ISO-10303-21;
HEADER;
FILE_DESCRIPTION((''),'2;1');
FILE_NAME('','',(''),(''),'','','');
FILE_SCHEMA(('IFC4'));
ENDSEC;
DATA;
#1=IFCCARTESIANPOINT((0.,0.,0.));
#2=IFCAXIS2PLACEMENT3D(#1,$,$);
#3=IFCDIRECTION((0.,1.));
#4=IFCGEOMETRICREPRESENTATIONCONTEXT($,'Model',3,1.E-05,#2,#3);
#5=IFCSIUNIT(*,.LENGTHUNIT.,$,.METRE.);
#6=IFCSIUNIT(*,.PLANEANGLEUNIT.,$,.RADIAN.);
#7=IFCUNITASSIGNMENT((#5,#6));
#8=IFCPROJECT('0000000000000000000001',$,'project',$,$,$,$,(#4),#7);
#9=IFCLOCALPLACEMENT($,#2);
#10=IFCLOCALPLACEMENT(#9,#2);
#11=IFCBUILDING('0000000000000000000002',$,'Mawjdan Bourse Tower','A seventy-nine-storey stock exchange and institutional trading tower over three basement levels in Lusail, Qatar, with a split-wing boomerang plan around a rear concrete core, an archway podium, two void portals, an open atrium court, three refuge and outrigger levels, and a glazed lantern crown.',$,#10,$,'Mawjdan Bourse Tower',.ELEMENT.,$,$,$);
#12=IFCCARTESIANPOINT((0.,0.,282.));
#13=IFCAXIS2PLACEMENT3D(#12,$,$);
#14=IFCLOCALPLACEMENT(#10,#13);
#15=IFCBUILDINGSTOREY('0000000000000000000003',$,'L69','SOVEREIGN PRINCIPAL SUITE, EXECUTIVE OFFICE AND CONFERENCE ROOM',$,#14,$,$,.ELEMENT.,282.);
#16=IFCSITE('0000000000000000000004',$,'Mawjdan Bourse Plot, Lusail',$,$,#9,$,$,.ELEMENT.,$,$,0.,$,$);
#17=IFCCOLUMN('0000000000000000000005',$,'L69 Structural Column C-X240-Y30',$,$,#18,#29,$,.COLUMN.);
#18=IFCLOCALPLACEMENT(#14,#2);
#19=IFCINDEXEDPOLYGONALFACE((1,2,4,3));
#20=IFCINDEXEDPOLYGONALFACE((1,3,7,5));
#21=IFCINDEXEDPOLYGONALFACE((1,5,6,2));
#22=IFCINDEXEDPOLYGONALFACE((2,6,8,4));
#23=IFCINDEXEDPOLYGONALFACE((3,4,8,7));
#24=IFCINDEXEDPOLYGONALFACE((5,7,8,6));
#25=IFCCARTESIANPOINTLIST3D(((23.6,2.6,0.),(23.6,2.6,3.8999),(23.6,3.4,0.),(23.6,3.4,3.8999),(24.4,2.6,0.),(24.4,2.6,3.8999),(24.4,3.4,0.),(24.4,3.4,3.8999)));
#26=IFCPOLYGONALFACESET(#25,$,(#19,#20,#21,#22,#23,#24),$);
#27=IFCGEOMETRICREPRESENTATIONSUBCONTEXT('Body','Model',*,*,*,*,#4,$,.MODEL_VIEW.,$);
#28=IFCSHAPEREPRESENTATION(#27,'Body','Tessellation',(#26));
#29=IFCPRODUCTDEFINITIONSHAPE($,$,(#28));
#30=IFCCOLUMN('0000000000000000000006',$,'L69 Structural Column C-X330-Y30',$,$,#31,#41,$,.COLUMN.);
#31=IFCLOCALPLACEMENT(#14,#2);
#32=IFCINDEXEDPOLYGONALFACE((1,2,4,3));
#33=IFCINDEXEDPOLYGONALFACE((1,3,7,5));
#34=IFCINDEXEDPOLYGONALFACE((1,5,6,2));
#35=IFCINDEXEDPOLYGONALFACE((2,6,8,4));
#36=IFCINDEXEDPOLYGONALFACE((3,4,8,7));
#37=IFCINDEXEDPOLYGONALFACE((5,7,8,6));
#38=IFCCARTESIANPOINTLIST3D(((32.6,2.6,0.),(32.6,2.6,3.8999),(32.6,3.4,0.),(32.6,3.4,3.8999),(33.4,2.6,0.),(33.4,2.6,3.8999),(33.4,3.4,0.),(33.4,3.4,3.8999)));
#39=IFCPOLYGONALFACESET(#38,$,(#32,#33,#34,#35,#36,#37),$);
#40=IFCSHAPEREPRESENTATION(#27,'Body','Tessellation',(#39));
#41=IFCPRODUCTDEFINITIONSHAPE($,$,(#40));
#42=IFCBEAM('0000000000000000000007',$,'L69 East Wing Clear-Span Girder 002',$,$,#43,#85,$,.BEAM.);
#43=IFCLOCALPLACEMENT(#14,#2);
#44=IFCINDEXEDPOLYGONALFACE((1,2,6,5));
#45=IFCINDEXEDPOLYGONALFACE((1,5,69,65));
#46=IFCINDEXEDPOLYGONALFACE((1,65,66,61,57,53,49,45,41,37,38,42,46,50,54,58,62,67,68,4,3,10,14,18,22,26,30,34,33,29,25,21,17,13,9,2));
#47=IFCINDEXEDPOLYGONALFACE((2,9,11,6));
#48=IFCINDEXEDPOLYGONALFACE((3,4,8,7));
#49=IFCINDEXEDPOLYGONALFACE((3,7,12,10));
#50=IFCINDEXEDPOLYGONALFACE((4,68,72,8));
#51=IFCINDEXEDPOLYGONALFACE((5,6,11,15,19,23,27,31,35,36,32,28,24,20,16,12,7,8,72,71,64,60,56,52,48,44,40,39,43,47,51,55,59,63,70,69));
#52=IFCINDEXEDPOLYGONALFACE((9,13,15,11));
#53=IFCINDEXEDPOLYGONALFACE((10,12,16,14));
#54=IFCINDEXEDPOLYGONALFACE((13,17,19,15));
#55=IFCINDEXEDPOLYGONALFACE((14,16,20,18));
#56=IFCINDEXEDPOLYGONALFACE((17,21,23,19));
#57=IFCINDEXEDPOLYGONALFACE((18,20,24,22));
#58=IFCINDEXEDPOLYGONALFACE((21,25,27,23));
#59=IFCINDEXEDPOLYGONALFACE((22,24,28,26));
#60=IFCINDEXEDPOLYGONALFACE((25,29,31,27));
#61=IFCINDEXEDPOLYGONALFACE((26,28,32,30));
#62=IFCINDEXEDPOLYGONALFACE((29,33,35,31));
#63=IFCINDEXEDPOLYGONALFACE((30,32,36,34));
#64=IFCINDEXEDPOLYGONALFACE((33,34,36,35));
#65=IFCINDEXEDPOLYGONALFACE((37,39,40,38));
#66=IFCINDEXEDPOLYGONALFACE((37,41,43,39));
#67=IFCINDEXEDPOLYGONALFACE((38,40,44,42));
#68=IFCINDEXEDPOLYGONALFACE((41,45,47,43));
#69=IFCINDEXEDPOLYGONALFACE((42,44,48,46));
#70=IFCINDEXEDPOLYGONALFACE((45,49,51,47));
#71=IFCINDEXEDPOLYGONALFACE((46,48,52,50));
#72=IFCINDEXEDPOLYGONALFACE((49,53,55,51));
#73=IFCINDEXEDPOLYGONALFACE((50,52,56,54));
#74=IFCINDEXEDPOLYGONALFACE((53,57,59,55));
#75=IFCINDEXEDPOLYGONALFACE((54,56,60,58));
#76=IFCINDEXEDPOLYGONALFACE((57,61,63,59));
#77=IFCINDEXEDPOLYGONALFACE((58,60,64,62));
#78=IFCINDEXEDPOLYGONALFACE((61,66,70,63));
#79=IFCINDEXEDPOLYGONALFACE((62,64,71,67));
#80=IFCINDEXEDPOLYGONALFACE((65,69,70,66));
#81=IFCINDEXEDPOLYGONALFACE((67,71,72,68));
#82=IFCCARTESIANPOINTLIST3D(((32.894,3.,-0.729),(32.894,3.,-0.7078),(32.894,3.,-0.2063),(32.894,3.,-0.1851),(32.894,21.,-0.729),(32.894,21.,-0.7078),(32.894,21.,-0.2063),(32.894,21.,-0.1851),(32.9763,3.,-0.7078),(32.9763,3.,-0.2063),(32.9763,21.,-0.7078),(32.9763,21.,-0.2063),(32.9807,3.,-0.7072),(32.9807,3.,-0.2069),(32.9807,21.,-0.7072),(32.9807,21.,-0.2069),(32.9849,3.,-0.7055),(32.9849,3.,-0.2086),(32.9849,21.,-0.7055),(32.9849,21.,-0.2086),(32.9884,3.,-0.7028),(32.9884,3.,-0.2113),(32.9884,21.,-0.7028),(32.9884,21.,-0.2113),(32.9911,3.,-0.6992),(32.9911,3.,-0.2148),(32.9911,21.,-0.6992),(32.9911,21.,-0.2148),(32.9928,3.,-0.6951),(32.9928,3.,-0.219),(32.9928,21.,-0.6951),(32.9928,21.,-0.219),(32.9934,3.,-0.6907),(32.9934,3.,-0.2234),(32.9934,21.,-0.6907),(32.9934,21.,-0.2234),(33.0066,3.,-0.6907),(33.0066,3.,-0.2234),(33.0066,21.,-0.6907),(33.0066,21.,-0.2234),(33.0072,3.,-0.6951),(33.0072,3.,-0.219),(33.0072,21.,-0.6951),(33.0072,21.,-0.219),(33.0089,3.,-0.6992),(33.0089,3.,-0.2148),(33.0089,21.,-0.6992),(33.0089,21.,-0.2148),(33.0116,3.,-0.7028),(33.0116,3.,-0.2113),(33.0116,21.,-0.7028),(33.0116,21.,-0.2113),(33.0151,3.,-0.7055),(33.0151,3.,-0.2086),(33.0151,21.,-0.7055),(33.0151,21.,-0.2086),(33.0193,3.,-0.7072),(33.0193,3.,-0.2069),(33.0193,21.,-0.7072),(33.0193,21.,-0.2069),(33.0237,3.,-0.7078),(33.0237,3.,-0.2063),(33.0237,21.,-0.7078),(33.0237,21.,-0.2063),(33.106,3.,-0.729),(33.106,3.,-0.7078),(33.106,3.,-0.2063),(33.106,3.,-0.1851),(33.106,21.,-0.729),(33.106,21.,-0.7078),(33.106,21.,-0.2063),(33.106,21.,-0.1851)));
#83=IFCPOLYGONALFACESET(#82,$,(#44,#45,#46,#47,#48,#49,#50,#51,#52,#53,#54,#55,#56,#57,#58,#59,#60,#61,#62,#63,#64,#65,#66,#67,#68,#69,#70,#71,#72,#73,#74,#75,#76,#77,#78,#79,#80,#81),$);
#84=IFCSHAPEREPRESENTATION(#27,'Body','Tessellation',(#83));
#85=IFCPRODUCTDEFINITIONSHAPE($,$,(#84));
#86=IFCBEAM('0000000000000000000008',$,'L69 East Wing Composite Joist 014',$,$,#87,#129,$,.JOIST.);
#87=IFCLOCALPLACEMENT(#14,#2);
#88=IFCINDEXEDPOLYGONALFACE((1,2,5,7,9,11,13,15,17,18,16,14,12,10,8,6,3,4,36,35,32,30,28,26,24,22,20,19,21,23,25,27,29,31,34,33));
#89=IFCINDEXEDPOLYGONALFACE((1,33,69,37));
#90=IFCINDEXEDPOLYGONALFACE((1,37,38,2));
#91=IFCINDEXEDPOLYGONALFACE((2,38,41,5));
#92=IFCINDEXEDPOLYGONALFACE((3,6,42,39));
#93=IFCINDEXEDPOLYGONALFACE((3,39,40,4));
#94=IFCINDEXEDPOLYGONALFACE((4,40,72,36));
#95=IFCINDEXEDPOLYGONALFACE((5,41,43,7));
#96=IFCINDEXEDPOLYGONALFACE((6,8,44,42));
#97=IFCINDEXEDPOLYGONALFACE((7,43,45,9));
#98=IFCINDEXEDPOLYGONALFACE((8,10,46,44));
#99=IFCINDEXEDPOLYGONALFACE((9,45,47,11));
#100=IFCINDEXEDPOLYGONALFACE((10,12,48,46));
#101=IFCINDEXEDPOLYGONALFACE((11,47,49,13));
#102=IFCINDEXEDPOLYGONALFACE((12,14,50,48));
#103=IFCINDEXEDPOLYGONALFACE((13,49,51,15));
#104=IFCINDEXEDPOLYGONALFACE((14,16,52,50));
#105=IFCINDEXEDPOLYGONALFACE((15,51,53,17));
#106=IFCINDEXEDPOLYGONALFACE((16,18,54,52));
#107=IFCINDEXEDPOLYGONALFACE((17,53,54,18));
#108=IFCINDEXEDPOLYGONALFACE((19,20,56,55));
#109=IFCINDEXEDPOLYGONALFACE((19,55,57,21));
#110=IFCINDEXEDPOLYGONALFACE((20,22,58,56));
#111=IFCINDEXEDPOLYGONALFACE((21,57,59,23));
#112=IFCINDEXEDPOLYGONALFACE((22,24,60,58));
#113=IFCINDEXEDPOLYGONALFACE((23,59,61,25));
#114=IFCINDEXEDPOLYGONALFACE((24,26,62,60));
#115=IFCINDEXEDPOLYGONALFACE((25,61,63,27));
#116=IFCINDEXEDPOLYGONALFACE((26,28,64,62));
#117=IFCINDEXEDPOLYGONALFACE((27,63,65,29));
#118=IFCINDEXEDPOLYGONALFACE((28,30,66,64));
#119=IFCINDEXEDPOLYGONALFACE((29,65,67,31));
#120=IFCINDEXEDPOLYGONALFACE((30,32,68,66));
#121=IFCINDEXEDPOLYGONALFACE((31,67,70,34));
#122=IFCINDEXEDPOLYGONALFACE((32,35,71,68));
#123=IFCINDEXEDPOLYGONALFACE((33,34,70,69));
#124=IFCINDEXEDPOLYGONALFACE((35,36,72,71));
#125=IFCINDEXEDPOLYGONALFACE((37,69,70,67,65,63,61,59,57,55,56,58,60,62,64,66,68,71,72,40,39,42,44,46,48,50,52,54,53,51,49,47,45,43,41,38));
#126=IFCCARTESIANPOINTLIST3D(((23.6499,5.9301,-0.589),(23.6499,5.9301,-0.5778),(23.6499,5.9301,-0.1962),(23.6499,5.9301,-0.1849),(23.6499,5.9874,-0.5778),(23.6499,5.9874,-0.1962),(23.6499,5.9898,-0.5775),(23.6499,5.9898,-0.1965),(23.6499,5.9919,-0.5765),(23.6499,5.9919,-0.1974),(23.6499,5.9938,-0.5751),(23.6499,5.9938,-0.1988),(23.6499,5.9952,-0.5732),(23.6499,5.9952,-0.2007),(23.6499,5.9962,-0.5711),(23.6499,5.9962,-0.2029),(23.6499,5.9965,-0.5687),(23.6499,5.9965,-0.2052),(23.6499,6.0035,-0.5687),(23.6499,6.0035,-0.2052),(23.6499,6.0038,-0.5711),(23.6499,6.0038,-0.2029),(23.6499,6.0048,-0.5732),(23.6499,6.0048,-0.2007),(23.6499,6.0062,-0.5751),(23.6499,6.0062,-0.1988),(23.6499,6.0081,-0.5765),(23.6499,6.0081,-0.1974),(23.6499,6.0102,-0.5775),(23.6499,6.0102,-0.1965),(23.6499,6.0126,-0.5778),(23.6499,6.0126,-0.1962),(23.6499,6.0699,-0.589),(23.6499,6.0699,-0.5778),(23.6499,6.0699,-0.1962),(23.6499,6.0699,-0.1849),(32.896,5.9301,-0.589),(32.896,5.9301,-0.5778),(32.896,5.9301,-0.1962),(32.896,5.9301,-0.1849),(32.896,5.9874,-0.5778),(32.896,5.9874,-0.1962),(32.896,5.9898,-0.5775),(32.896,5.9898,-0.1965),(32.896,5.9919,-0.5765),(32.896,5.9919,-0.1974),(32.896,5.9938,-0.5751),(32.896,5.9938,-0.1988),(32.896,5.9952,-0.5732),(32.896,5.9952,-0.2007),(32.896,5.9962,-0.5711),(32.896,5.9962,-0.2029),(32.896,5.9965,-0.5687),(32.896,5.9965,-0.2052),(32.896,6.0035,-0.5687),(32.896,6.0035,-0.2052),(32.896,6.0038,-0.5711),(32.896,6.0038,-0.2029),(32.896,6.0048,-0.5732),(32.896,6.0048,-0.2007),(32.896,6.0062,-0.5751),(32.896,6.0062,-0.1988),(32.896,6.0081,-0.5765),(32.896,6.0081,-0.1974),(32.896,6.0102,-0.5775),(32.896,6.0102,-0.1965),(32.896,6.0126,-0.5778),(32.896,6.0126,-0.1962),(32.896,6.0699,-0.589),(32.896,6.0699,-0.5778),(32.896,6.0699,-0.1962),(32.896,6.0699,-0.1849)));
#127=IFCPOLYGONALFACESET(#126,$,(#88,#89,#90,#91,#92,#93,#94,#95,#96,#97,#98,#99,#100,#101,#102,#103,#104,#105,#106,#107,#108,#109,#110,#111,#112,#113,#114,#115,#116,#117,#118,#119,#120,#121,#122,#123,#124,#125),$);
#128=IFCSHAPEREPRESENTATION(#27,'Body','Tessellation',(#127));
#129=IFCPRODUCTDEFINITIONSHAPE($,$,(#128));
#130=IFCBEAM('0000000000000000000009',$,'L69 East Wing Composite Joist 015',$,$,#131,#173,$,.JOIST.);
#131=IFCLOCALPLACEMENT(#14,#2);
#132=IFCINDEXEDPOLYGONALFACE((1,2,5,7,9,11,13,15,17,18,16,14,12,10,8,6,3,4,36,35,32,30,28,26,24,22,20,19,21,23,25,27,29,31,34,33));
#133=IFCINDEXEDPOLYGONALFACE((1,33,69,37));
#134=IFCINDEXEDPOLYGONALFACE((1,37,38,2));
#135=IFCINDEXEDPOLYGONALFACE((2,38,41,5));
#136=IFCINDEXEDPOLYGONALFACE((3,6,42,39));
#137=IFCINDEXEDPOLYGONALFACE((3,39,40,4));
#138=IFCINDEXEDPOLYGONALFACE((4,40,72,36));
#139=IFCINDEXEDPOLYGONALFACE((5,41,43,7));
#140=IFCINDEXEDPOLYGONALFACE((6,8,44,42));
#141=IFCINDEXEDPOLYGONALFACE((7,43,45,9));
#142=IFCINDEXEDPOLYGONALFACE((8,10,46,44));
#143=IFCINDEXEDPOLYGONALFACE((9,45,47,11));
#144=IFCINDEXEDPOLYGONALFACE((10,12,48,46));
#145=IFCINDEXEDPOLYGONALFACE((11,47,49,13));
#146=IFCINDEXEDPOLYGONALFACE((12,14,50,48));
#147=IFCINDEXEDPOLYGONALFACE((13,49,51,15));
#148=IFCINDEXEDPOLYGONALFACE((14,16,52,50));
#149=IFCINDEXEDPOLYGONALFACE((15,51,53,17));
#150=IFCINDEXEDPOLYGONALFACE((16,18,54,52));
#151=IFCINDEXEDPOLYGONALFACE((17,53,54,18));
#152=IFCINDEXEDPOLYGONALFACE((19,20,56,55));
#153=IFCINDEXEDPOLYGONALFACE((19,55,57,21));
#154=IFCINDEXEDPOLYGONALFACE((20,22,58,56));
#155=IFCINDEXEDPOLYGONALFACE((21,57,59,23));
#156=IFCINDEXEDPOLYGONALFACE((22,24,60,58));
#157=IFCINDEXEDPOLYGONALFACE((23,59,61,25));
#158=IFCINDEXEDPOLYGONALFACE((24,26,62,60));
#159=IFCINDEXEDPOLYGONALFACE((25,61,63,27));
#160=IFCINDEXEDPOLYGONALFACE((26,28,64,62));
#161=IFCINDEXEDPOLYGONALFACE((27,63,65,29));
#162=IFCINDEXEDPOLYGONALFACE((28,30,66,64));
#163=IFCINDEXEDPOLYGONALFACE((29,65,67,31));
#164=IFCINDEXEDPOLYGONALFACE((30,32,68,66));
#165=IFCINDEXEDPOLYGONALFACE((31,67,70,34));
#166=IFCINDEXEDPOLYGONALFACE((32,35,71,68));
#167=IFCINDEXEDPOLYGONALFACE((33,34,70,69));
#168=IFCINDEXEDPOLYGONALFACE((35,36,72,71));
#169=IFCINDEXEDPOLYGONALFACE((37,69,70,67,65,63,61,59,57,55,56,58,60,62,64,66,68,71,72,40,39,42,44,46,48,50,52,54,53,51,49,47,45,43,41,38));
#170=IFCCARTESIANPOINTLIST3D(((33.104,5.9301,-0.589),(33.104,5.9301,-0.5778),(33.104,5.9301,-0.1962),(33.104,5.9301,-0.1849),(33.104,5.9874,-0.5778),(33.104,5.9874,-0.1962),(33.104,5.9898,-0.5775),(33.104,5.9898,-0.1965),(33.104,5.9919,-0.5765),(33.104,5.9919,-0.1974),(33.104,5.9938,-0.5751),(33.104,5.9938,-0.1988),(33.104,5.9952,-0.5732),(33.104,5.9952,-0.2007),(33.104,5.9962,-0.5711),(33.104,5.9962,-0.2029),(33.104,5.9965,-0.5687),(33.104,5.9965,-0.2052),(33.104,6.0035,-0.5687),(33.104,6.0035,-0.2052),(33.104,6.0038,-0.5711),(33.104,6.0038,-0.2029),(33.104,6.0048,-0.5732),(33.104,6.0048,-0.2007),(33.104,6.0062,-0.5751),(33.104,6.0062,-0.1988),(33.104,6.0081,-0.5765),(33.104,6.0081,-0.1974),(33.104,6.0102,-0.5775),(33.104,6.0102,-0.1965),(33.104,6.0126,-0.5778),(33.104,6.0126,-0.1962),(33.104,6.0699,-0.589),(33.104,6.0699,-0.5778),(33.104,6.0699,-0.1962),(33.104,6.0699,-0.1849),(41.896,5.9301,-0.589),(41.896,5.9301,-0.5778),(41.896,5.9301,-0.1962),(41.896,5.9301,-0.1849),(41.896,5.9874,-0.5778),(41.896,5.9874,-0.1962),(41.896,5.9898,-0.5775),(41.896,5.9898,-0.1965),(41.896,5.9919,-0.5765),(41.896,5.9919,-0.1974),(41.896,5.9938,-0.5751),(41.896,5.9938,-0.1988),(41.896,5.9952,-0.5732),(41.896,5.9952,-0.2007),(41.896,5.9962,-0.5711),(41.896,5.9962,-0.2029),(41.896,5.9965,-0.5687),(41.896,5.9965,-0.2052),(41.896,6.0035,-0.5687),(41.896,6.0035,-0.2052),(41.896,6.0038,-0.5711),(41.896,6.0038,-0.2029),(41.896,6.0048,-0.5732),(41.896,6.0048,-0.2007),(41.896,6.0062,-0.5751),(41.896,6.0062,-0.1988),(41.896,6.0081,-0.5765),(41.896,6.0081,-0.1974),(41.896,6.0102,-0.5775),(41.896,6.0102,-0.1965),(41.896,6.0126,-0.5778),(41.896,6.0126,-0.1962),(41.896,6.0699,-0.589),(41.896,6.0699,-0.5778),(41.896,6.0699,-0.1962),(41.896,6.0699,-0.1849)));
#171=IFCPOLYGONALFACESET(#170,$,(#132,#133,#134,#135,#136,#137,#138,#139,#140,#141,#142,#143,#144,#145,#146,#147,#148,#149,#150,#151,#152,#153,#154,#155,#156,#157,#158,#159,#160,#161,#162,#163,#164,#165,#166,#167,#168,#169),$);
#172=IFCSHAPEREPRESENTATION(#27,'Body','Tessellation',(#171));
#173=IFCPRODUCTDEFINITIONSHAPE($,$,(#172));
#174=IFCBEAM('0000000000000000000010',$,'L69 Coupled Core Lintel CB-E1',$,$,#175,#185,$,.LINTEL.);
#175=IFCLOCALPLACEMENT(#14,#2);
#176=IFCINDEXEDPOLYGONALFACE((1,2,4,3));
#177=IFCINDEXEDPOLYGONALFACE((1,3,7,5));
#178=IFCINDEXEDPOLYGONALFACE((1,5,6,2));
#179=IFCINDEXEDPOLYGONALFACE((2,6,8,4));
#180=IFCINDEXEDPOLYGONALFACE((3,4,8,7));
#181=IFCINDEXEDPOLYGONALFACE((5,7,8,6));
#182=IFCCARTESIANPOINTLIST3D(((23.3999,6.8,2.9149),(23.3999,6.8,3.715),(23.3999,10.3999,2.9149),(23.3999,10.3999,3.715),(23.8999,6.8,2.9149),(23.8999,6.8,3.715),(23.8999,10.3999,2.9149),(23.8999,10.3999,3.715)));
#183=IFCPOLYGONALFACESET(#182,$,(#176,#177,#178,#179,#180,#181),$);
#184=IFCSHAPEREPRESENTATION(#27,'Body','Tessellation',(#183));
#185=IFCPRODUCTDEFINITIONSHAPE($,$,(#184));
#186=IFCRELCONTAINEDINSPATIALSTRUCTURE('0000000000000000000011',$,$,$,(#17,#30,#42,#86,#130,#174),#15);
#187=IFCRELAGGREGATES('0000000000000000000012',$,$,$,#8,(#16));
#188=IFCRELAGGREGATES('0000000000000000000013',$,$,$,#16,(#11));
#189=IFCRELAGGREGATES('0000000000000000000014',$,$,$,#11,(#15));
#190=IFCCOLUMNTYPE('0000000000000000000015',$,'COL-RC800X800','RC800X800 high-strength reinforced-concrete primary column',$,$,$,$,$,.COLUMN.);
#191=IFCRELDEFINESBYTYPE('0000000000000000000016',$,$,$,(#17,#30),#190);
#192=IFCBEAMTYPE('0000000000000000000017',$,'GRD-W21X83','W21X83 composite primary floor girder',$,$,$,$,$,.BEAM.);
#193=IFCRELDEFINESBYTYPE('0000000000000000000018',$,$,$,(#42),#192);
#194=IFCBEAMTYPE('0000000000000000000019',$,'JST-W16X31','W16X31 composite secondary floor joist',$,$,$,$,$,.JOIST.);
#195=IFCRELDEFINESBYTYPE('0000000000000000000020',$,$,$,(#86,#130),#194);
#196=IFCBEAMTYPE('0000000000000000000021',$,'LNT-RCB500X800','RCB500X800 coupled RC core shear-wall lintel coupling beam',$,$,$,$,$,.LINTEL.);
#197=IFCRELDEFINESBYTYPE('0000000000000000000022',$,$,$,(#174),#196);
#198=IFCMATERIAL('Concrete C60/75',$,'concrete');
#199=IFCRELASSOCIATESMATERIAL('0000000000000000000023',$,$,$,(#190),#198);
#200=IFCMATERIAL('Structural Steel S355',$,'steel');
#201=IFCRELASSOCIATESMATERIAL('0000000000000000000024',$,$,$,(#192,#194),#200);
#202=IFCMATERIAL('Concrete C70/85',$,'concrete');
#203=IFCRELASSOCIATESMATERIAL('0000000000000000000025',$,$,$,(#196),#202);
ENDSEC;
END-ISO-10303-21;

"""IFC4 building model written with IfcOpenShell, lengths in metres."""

from ifc_helpers import new_model, si_unit, direction, frame, origin, origin_2d, place, context, subcontext, project, spatial, rectangle, i_section, extrude, material, material_profile, profile_set, type_object, element, save


model = new_model("IFC4")

# Units and contexts
model_context = context("Model", 3, precision=1e-05, world=origin(), true_north=direction((0.0, 1.0)))
body_context = subcontext(model_context, "Body", "Model", "MODEL_VIEW")
ifc_project = project(units=[si_unit("LENGTHUNIT", "METRE"), si_unit("PLANEANGLEUNIT", "RADIAN")], contexts=[model_context])

# Site, building, storey
site_placement = place(None, origin())
site = spatial("IfcSite", under=ifc_project, at=site_placement, Name="Mawjdan Bourse Plot, Lusail", CompositionType="ELEMENT", RefElevation=0.0)
building_placement = place(site_placement, origin())
building = spatial("IfcBuilding", under=site, at=building_placement, Name="Mawjdan Bourse Tower", Description="A seventy-nine-storey stock exchange and institutional trading tower over three basement levels in Lusail, Qatar, with a split-wing boomerang plan around a rear concrete core, an archway podium, two void portals, an open atrium court, three refuge and outrigger levels, and a glazed lantern crown.", LongName="Mawjdan Bourse Tower", CompositionType="ELEMENT")
storey_placement = place(building_placement, frame((0.0, 0.0, 282.0)))
storey = spatial("IfcBuildingStorey", under=building, at=storey_placement, Name="L69", Description="SOVEREIGN PRINCIPAL SUITE, EXECUTIVE OFFICE AND CONFERENCE ROOM", CompositionType="ELEMENT", Elevation=282.0)

# Columns
ifc_material_1 = material(Name="Concrete C60/75", Category="concrete")
ifc_material_profile_1 = material_profile(ifc_material_1, rectangle(XDim=0.8, YDim=0.8, at=origin_2d()), Name="RC800X800")
ifc_profile_set_1 = profile_set([ifc_material_profile_1], Name="Concrete C60/75")
column_type = type_object("IfcColumnType", Name="COL-RC800X800", Description="RC800X800 high-strength reinforced-concrete primary column", PredefinedType="COLUMN", material=ifc_profile_set_1)
for number, where, z_axis, x_axis, name in (
    (1, (24.0, 3.0, 0.0), (0.0, 0.0, 1.0), (1.0, 0.0, 0.0), "L69 Structural Column C-X240-Y30"),
    (2, (33.0, 3.0, 0.0), (0.0, 0.0, 1.0), (1.0, 0.0, 0.0), "L69 Structural Column C-X330-Y30"),
):
    element("IfcColumn", number, at=place(storey_placement, frame(where, z_axis=z_axis, x_axis=x_axis)), inside=storey, type_object=column_type, Name=name, PredefinedType="COLUMN", context=body_context, shape_type="SweptSolid", body=[
        extrude(rectangle(XDim=0.8, YDim=0.8, at=origin_2d()), origin(), (0.0, 0.0, 1.0), 3.8999),
    ])

# Beams
ifc_material_2 = material(Name="Structural Steel S355", Category="steel")
ifc_material_profile_2 = material_profile(ifc_material_2, i_section(OverallWidth=0.2119, OverallDepth=0.5439, WebThickness=0.0132, FlangeThickness=0.0212, FilletRadius=0.0171, at=origin_2d()), Name="W21X83")
ifc_profile_set_2 = profile_set([ifc_material_profile_2], Name="Structural Steel S355")
beam_type_1 = type_object("IfcBeamType", Name="GRD-W21X83", Description="W21X83 composite primary floor girder", PredefinedType="BEAM", material=ifc_profile_set_2)
beam_1_placement = place(storey_placement, frame((33.0, 3.0, -0.457), z_axis=(0.0, 1.0, 0.0), x_axis=(-1.0, 0.0, 0.0)))
element("IfcBeam", 3, at=beam_1_placement, inside=storey, type_object=beam_type_1, Name="L69 East Wing Clear-Span Girder 002", PredefinedType="BEAM", context=body_context, shape_type="SweptSolid", body=[
    extrude(i_section(OverallWidth=0.2119, OverallDepth=0.5439, WebThickness=0.0132, FlangeThickness=0.0212, FilletRadius=0.0171, at=origin_2d()), origin(), (0.0, 0.0, 1.0), 18.0),
])
ifc_material_profile_3 = material_profile(ifc_material_2, i_section(OverallWidth=0.1399, OverallDepth=0.4041, WebThickness=0.0071, FlangeThickness=0.0112, FilletRadius=0.009, at=origin_2d()), Name="W16X31")
ifc_profile_set_3 = profile_set([ifc_material_profile_3], Name="Structural Steel S355")
beam_type_2 = type_object("IfcBeamType", Name="JST-W16X31", Description="W16X31 composite secondary floor joist", PredefinedType="JOIST", material=ifc_profile_set_3)
beam_2_placement = place(storey_placement, frame((23.6499, 6.0, -0.387), z_axis=(1.0, 0.0, 0.0), x_axis=(0.0, 1.0, 0.0)))
element("IfcBeam", 4, at=beam_2_placement, inside=storey, type_object=beam_type_2, Name="L69 East Wing Composite Joist 014", PredefinedType="JOIST", context=body_context, shape_type="SweptSolid", body=[
    extrude(i_section(OverallWidth=0.1399, OverallDepth=0.4041, WebThickness=0.0071, FlangeThickness=0.0112, FilletRadius=0.009, at=origin_2d()), origin(), (0.0, 0.0, 1.0), 9.2461),
])
beam_3_placement = place(storey_placement, frame((33.104, 6.0, -0.387), z_axis=(1.0, 0.0, 0.0), x_axis=(0.0, 1.0, 0.0)))
element("IfcBeam", 5, at=beam_3_placement, inside=storey, type_object=beam_type_2, Name="L69 East Wing Composite Joist 015", PredefinedType="JOIST", context=body_context, shape_type="SweptSolid", body=[
    extrude(i_section(OverallWidth=0.1399, OverallDepth=0.4041, WebThickness=0.0071, FlangeThickness=0.0112, FilletRadius=0.009, at=origin_2d()), origin(), (0.0, 0.0, 1.0), 8.792),
])
ifc_material_3 = material(Name="Concrete C70/85", Category="concrete")
ifc_material_profile_4 = material_profile(ifc_material_3, rectangle(XDim=0.5, YDim=0.8, at=origin_2d()), Name="RCB500X800")
ifc_profile_set_4 = profile_set([ifc_material_profile_4], Name="Concrete C70/85")
beam_type_3 = type_object("IfcBeamType", Name="LNT-RCB500X800", Description="RCB500X800 coupled RC core shear-wall lintel coupling beam", PredefinedType="LINTEL", material=ifc_profile_set_4)
beam_4_placement = place(storey_placement, frame((23.6499, 6.8, 3.3149), z_axis=(0.0, 1.0, 0.0), x_axis=(-1.0, 0.0, 0.0)))
element("IfcBeam", 6, at=beam_4_placement, inside=storey, type_object=beam_type_3, Name="L69 Coupled Core Lintel CB-E1", PredefinedType="LINTEL", context=body_context, shape_type="SweptSolid", body=[
    extrude(rectangle(XDim=0.5, YDim=0.8, at=origin_2d()), origin(), (0.0, 0.0, 1.0), 3.5999),
])

save(model, "model.ifc")
